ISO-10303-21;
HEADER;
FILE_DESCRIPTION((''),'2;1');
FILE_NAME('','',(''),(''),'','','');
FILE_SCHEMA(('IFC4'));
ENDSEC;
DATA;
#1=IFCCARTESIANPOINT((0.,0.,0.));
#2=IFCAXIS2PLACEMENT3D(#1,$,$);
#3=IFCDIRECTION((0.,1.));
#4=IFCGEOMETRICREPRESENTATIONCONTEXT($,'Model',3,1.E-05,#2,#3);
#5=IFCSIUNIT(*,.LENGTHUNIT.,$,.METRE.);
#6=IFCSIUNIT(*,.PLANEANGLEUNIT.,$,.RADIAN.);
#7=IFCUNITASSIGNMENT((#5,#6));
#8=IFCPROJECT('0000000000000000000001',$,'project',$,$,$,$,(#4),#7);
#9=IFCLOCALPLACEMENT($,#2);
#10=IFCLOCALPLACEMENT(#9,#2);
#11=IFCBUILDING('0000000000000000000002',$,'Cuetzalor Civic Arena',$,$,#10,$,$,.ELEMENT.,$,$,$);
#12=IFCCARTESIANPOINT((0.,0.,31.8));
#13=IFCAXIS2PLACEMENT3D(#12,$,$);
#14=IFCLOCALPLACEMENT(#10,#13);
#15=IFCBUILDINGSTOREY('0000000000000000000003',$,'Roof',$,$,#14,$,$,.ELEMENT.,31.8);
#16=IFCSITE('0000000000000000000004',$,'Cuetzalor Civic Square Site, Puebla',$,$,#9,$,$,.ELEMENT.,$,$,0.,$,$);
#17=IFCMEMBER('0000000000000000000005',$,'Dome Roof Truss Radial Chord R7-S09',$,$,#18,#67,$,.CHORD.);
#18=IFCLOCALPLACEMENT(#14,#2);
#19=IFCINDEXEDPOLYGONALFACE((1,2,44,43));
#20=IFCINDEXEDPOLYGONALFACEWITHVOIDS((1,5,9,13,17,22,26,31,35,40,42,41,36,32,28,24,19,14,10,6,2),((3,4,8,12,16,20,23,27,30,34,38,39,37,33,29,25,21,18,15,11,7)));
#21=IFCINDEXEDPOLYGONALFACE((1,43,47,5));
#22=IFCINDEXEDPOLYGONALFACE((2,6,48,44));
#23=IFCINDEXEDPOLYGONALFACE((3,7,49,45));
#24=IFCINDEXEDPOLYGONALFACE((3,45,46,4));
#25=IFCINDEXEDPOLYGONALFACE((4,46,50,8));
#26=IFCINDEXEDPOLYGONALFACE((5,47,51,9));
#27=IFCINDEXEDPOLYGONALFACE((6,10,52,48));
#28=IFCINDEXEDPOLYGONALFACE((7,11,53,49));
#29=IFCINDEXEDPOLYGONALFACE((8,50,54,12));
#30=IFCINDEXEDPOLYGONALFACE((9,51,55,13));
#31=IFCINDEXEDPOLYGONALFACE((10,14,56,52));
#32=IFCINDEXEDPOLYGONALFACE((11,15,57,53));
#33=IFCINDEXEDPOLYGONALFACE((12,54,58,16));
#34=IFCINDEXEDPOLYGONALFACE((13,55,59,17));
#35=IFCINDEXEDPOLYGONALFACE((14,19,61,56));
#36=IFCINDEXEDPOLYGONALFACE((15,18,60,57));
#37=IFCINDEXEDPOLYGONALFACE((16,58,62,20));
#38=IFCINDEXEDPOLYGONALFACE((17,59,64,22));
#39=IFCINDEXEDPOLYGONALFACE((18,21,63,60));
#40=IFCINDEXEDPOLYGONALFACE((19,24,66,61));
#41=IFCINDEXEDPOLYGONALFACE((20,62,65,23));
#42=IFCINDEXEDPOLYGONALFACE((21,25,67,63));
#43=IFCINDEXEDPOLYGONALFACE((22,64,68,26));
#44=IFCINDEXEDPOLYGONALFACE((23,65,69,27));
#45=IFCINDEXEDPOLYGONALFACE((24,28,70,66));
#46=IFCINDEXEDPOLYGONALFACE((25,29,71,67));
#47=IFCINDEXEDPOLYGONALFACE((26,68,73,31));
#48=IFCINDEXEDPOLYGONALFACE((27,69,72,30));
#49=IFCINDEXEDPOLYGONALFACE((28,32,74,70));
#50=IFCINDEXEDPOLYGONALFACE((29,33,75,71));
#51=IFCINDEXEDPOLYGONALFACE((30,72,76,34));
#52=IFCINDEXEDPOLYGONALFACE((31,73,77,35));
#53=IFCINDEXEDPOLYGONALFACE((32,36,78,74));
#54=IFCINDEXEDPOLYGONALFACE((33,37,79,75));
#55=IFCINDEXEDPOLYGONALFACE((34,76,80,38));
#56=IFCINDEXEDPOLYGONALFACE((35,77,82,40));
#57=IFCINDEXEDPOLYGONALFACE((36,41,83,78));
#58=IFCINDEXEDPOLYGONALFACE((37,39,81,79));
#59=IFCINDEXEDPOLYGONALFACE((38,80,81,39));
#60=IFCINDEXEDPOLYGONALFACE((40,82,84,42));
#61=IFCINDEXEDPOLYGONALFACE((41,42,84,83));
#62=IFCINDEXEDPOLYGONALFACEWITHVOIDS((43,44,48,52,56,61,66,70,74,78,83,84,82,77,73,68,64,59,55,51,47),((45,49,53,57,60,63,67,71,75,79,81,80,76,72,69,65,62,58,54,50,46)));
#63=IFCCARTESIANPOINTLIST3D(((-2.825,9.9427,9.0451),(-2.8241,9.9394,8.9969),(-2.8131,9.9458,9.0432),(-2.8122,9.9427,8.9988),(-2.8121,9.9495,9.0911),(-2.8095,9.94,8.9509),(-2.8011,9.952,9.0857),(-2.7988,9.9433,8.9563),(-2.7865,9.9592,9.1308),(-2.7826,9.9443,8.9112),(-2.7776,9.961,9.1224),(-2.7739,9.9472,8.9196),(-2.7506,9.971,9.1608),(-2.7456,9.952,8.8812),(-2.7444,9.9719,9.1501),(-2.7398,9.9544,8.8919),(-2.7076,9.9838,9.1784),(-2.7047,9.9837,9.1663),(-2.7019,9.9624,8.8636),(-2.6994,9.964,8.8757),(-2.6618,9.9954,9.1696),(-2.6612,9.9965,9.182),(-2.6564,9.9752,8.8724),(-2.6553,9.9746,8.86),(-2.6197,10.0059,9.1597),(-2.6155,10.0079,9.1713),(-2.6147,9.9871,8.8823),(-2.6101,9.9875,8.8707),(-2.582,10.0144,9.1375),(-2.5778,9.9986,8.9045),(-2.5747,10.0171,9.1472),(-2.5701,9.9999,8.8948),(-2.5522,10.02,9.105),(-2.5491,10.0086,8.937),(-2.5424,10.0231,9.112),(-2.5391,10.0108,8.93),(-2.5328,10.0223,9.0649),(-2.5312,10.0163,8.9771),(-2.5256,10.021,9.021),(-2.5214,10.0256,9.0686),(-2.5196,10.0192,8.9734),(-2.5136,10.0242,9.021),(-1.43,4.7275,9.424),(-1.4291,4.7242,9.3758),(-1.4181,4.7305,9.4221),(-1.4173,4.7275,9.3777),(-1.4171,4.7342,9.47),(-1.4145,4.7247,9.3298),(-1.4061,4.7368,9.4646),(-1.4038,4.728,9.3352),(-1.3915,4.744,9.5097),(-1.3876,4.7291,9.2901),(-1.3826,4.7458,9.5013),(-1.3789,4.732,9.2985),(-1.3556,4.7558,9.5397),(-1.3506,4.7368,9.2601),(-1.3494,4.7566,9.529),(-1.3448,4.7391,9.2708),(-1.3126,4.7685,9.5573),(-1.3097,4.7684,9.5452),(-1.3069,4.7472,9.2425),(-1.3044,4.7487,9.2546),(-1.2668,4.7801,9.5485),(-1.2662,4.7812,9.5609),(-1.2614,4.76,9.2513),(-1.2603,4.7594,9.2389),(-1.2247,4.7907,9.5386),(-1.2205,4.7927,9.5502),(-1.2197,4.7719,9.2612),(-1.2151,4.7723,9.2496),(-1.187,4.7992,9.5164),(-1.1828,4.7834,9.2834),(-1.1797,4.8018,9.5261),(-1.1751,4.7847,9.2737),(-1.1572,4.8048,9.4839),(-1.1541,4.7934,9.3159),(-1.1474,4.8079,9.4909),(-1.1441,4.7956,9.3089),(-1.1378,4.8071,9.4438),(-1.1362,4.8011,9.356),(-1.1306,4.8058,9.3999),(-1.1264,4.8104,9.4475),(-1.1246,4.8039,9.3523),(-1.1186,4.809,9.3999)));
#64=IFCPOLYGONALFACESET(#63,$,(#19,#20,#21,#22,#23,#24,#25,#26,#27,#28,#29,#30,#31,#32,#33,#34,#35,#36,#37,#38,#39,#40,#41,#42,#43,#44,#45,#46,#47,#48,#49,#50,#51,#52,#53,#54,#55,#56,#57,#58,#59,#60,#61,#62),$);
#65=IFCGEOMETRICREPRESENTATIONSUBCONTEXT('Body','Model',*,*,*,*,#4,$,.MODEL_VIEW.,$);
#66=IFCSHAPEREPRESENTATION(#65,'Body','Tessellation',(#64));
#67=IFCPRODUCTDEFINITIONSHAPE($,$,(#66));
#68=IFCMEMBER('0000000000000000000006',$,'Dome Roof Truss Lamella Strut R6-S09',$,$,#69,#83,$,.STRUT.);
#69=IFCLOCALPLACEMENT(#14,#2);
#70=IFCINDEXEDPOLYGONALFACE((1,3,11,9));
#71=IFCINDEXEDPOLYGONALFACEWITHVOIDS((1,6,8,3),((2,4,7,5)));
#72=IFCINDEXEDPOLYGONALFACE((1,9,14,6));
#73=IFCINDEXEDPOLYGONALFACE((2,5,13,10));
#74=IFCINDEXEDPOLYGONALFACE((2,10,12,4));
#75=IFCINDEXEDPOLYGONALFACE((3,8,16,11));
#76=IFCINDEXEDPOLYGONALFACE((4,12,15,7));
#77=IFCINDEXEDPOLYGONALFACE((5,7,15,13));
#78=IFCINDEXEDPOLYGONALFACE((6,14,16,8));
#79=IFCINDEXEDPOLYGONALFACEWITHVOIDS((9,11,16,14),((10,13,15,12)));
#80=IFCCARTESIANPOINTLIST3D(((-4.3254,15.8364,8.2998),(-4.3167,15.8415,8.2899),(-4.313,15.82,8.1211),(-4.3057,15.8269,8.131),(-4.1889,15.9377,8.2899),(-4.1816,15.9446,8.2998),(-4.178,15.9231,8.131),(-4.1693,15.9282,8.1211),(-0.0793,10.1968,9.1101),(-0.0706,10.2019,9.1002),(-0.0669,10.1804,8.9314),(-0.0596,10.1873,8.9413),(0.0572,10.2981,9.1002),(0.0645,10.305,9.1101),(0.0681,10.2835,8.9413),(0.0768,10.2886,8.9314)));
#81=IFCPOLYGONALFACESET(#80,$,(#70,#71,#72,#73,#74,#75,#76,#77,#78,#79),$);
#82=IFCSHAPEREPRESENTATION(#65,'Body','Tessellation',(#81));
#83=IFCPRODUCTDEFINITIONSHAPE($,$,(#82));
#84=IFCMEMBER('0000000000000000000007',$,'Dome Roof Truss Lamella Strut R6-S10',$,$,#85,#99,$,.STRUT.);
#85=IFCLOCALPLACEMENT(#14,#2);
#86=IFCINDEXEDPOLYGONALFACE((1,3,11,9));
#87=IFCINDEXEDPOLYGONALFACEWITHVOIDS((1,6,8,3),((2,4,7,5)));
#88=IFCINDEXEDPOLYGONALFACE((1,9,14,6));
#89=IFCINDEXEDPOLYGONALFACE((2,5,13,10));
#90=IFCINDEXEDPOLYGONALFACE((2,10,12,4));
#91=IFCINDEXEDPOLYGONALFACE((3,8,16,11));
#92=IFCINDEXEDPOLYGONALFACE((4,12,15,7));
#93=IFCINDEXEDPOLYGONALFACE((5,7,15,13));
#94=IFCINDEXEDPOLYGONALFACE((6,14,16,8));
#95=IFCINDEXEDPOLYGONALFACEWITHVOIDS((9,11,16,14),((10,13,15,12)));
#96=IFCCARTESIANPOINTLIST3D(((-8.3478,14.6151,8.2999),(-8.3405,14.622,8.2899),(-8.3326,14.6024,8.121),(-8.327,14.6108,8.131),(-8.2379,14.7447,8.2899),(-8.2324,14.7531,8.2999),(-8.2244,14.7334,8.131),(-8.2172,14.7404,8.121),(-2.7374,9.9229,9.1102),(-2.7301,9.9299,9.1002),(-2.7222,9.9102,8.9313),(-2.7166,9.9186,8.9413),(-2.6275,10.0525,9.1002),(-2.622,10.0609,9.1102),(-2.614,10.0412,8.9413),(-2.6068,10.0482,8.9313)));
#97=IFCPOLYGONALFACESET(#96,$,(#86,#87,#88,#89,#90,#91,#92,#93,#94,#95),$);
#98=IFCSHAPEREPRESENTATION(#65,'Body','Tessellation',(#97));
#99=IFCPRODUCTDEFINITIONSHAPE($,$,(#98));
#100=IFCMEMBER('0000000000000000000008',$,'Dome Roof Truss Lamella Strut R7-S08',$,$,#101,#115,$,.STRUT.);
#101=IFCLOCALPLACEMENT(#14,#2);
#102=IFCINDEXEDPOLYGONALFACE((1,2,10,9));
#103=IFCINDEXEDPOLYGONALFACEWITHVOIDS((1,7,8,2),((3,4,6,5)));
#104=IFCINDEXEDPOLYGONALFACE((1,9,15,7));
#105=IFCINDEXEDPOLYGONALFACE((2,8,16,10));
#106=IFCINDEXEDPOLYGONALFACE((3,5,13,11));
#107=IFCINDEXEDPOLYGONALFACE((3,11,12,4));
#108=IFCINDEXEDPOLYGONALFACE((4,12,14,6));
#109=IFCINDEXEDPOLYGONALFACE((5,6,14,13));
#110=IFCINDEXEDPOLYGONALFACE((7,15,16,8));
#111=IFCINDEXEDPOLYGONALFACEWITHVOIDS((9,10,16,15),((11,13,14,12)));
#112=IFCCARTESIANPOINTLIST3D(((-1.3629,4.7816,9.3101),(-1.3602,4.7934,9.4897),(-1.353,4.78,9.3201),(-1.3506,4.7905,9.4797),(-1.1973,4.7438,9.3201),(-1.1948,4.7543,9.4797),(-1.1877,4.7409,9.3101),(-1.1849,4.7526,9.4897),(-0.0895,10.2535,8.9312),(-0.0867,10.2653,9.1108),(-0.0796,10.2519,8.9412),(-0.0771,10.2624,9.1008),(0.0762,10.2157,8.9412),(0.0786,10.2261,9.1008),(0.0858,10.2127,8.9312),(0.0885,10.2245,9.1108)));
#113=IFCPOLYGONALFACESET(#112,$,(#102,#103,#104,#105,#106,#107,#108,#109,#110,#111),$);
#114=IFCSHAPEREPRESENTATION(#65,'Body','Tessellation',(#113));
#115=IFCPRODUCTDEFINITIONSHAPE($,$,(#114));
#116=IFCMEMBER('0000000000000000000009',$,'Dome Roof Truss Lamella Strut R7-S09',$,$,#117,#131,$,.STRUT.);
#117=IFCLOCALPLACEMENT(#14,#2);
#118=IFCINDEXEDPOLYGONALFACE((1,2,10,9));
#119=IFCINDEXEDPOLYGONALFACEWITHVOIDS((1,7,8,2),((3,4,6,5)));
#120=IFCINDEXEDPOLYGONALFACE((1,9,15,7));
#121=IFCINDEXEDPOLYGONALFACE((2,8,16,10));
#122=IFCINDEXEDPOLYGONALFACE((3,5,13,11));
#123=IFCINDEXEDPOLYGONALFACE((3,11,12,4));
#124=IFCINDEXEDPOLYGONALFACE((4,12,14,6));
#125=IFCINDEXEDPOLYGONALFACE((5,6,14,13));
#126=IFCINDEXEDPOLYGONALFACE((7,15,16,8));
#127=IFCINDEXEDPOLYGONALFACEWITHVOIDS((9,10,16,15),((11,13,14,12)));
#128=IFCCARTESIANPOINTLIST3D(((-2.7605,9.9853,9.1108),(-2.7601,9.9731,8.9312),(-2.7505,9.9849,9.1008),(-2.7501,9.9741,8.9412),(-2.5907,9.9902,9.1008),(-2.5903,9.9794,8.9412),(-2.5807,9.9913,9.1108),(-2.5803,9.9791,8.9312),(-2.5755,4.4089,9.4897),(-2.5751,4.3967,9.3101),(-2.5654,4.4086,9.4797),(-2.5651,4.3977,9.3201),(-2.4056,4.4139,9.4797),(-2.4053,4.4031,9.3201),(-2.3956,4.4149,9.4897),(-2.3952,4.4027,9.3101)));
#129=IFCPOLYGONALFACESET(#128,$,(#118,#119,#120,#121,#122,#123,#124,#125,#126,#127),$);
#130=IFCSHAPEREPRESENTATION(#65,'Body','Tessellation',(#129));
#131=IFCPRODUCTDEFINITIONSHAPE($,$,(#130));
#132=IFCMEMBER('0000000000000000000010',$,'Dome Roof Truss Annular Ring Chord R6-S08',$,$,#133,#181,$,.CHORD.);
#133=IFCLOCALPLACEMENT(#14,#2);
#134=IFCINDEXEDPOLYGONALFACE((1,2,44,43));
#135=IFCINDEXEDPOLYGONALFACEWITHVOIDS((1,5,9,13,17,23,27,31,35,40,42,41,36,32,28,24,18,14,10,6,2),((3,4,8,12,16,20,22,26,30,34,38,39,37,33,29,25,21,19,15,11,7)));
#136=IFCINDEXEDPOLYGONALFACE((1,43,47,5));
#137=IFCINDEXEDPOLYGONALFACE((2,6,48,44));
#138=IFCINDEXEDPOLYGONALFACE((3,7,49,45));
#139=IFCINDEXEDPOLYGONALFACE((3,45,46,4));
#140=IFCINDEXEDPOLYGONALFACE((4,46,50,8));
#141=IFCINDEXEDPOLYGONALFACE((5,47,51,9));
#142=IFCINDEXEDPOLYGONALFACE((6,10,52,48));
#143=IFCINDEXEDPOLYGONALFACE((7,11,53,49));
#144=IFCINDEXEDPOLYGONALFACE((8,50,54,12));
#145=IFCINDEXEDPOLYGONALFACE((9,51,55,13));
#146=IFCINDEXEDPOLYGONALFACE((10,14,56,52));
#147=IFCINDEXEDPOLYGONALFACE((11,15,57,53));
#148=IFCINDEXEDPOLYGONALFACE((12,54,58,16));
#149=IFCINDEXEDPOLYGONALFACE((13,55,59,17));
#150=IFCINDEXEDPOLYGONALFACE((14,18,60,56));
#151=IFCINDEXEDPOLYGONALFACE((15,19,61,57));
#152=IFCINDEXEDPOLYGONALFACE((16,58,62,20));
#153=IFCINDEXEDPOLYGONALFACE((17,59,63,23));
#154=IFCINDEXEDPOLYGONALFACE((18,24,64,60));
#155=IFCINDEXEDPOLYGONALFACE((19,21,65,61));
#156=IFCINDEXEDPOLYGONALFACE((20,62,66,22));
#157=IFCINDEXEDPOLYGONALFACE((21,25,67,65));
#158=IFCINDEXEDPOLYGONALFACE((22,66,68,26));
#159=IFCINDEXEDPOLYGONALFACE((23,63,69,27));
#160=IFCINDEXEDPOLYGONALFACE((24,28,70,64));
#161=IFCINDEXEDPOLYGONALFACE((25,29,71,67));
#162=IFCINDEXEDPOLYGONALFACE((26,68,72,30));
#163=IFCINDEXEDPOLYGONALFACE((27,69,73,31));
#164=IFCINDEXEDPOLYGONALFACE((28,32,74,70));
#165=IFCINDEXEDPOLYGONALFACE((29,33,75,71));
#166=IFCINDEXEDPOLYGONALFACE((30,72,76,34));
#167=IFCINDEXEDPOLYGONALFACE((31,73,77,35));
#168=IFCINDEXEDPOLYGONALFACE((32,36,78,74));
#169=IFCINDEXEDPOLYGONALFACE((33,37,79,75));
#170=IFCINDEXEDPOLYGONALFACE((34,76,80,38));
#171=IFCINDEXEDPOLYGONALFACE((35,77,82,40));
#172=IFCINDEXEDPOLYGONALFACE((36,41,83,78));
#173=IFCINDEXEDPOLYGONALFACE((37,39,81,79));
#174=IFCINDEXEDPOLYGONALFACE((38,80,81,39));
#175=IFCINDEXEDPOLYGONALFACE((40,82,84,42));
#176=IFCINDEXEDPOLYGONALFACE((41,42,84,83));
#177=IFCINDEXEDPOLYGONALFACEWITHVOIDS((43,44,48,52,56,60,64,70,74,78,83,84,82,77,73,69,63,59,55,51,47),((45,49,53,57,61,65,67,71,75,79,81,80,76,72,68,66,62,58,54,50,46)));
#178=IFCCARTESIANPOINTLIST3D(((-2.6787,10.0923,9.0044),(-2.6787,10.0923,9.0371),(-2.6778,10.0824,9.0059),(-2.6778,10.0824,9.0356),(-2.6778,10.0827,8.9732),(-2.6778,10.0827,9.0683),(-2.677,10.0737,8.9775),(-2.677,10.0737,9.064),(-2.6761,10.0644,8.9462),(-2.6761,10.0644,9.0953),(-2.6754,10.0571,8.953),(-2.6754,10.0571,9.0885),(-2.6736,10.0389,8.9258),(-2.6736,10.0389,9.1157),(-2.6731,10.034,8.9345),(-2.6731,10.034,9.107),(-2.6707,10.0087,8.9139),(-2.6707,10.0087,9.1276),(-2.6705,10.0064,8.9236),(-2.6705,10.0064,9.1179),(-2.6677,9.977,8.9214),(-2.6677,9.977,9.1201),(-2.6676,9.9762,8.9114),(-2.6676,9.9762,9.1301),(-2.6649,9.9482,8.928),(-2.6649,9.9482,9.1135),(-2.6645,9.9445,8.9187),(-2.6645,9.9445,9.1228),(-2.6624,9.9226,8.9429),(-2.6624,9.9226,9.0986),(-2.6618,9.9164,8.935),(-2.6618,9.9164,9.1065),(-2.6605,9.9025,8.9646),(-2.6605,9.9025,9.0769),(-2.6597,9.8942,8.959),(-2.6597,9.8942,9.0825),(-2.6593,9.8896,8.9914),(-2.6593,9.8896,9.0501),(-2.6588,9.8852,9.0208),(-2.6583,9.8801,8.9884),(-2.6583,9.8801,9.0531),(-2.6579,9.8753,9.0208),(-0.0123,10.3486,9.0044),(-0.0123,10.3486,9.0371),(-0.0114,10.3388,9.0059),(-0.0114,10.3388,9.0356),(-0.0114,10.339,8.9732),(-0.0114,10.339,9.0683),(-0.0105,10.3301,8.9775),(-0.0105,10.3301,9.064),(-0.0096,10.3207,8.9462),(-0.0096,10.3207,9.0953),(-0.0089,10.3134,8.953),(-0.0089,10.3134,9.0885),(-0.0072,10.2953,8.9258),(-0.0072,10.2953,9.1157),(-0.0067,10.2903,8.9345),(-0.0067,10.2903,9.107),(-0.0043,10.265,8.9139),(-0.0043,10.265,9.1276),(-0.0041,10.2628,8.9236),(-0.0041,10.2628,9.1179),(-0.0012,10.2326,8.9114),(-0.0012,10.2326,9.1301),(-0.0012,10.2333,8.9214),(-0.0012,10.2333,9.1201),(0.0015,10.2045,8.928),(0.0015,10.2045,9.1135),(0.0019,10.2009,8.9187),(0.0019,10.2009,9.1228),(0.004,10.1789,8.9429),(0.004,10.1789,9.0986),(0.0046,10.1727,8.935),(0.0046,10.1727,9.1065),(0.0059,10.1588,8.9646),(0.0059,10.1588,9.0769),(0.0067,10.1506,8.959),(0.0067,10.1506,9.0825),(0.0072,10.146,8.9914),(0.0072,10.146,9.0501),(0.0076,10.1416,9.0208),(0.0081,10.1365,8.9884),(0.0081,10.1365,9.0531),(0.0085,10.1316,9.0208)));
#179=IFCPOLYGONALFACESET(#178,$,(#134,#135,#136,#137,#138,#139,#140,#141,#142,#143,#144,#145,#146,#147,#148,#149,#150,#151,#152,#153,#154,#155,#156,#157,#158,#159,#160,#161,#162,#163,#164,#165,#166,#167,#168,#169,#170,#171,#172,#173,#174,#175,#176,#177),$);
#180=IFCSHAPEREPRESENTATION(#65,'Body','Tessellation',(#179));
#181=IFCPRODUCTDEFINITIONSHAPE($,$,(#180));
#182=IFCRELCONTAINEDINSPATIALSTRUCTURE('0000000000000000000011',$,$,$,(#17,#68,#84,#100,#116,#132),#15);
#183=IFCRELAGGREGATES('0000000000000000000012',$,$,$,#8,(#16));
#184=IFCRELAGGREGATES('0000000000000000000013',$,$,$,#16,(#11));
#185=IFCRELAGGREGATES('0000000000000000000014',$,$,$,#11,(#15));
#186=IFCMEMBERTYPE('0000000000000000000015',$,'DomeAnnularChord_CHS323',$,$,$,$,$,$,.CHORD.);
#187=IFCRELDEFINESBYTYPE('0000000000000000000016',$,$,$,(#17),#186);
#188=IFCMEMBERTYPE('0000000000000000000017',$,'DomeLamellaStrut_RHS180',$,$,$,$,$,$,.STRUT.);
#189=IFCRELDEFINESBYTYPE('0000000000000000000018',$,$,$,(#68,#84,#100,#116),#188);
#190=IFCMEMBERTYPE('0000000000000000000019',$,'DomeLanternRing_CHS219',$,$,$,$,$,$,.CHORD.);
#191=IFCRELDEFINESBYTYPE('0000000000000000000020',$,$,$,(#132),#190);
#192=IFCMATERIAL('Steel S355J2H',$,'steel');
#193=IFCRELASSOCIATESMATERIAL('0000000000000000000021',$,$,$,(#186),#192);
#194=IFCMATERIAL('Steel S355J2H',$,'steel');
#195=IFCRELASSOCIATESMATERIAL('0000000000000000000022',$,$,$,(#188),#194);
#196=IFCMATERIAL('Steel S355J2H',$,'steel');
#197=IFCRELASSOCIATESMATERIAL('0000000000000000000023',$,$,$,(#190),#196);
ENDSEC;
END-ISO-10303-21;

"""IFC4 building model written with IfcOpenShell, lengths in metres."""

from ifc_helpers import new_model, si_unit, direction, frame, origin, origin_2d, place, context, subcontext, project, spatial, hollow_rectangle, hollow_circle, extrude, material, material_profile, profile_set, type_object, element, save


model = new_model("IFC4")

# Units and contexts
model_context = context("Model", 3, precision=1e-05, world=origin(), true_north=direction((0.0, 1.0)))
body_context = subcontext(model_context, "Body", "Model", "MODEL_VIEW")
ifc_project = project(units=[si_unit("LENGTHUNIT", "METRE"), si_unit("PLANEANGLEUNIT", "RADIAN")], contexts=[model_context])

# Site, building, storey
site_placement = place(None, origin())
site = spatial("IfcSite", under=ifc_project, at=site_placement, Name="Cuetzalor Civic Square Site, Puebla", CompositionType="ELEMENT", RefElevation=0.0)
building_placement = place(site_placement, origin())
building = spatial("IfcBuilding", under=site, at=building_placement, Name="Cuetzalor Civic Arena", CompositionType="ELEMENT")
storey_placement = place(building_placement, frame((0.0, 0.0, 31.8)))
storey = spatial("IfcBuildingStorey", under=building, at=storey_placement, Name="Roof", CompositionType="ELEMENT", Elevation=31.8)

# Members
ifc_material_1 = material(Name="Steel S355J2H", Category="steel")
ifc_material_profile_1 = material_profile(ifc_material_1, hollow_circle(Radius=0.1619, WallThickness=0.0125, at=origin_2d()), Name="CHS 323.9x12.5")
ifc_profile_set_1 = profile_set([ifc_material_profile_1], Name="Steel S355J2H")
member_type_1 = type_object("IfcMemberType", Name="DomeAnnularChord_CHS323", PredefinedType="CHORD", material=ifc_profile_set_1)
member_1_placement = place(storey_placement, frame((-2.6699, 9.9824, 9.021), z_axis=(0.257766, -0.963667, 0.070013), x_axis=(0.966038, 0.2584, 0.0)))
element("IfcMember", 1, at=member_1_placement, inside=storey, type_object=member_type_1, Name="Dome Roof Truss Radial Chord R7-S09", PredefinedType="CHORD", context=body_context, shape_type="SweptSolid", body=[
    extrude(hollow_circle(Radius=0.1619, WallThickness=0.0125, at=origin_2d()), origin(), (0.0, 0.0, 1.0), 5.4119),
])
ifc_material_2 = material(Name="Steel S355J2H", Category="steel")
ifc_material_profile_2 = material_profile(ifc_material_2, hollow_rectangle(XDim=0.1799, YDim=0.1799, WallThickness=0.01, at=origin_2d()), Name="RHS 180x180x10")
ifc_profile_set_2 = profile_set([ifc_material_profile_2], Name="Steel S355J2H")
member_type_2 = type_object("IfcMemberType", Name="DomeLamellaStrut_RHS180", PredefinedType="STRUT", material=ifc_profile_set_2)
member_2_placement = place(storey_placement, frame((-4.2473, 15.8823, 8.2104), z_axis=(0.597558, -0.793675, 0.114035), x_axis=(0.798886, 0.601482, 0.0)))
element("IfcMember", 2, at=member_2_placement, inside=storey, type_object=member_type_2, Name="Dome Roof Truss Lamella Strut R6-S09", PredefinedType="STRUT", context=body_context, shape_type="SweptSolid", body=[
    extrude(hollow_rectangle(XDim=0.1799, YDim=0.1799, WallThickness=0.01, at=origin_2d()), origin(), (0.0, 0.0, 1.0), 7.1057),
])
member_3_placement = place(storey_placement, frame((-8.2825, 14.6777, 8.2104), z_axis=(0.762422, -0.637641, 0.110117), x_axis=(0.641543, 0.767087, 0.0)))
element("IfcMember", 3, at=member_3_placement, inside=storey, type_object=member_type_2, Name="Dome Roof Truss Lamella Strut R6-S10", PredefinedType="STRUT", context=body_context, shape_type="SweptSolid", body=[
    extrude(hollow_rectangle(XDim=0.1799, YDim=0.1799, WallThickness=0.01, at=origin_2d()), origin(), (0.0, 0.0, 1.0), 7.3586),
])
member_4_placement = place(storey_placement, frame((-0.0005, 10.239, 9.021), z_axis=(-0.226151, -0.971765, 0.06729), x_axis=(0.973973, -0.226665, 0.0)))
element("IfcMember", 4, at=member_4_placement, inside=storey, type_object=member_type_2, Name="Dome Roof Truss Lamella Strut R7-S08", PredefinedType="STRUT", context=body_context, shape_type="SweptSolid", body=[
    extrude(hollow_rectangle(XDim=0.1799, YDim=0.1799, WallThickness=0.01, at=origin_2d()), origin(), (0.0, 0.0, 1.0), 5.6309),
])
member_5_placement = place(storey_placement, frame((-2.6704, 9.9822, 9.021), z_axis=(0.033091, -0.997153, 0.067755), x_axis=(0.99945, 0.033168, 0.0)))
element("IfcMember", 5, at=member_5_placement, inside=storey, type_object=member_type_2, Name="Dome Roof Truss Lamella Strut R7-S09", PredefinedType="STRUT", context=body_context, shape_type="SweptSolid", body=[
    extrude(hollow_rectangle(XDim=0.1799, YDim=0.1799, WallThickness=0.01, at=origin_2d()), origin(), (0.0, 0.0, 1.0), 5.5923),
])
ifc_material_3 = material(Name="Steel S355J2H", Category="steel")
ifc_material_profile_3 = material_profile(ifc_material_3, hollow_circle(Radius=0.1096, WallThickness=0.01, at=origin_2d()), Name="CHS 219.1x10")
ifc_profile_set_3 = profile_set([ifc_material_profile_3], Name="Steel S355J2H")
member_type_3 = type_object("IfcMemberType", Name="DomeLanternRing_CHS219", PredefinedType="CHORD", material=ifc_profile_set_3)
member_6_placement = place(storey_placement, frame((-0.002, 10.2407, 9.0208), z_axis=(-0.995411, -0.095695, 0.0), x_axis=(0.095695, -0.995411, 0.0)))
element("IfcMember", 6, at=member_6_placement, inside=storey, type_object=member_type_3, Name="Dome Roof Truss Annular Ring Chord R6-S08", PredefinedType="CHORD", context=body_context, shape_type="SweptSolid", body=[
    extrude(hollow_circle(Radius=0.1096, WallThickness=0.01, at=origin_2d()), origin(), (0.0, 0.0, 1.0), 2.6787),
])

save(model, "model.ifc")
